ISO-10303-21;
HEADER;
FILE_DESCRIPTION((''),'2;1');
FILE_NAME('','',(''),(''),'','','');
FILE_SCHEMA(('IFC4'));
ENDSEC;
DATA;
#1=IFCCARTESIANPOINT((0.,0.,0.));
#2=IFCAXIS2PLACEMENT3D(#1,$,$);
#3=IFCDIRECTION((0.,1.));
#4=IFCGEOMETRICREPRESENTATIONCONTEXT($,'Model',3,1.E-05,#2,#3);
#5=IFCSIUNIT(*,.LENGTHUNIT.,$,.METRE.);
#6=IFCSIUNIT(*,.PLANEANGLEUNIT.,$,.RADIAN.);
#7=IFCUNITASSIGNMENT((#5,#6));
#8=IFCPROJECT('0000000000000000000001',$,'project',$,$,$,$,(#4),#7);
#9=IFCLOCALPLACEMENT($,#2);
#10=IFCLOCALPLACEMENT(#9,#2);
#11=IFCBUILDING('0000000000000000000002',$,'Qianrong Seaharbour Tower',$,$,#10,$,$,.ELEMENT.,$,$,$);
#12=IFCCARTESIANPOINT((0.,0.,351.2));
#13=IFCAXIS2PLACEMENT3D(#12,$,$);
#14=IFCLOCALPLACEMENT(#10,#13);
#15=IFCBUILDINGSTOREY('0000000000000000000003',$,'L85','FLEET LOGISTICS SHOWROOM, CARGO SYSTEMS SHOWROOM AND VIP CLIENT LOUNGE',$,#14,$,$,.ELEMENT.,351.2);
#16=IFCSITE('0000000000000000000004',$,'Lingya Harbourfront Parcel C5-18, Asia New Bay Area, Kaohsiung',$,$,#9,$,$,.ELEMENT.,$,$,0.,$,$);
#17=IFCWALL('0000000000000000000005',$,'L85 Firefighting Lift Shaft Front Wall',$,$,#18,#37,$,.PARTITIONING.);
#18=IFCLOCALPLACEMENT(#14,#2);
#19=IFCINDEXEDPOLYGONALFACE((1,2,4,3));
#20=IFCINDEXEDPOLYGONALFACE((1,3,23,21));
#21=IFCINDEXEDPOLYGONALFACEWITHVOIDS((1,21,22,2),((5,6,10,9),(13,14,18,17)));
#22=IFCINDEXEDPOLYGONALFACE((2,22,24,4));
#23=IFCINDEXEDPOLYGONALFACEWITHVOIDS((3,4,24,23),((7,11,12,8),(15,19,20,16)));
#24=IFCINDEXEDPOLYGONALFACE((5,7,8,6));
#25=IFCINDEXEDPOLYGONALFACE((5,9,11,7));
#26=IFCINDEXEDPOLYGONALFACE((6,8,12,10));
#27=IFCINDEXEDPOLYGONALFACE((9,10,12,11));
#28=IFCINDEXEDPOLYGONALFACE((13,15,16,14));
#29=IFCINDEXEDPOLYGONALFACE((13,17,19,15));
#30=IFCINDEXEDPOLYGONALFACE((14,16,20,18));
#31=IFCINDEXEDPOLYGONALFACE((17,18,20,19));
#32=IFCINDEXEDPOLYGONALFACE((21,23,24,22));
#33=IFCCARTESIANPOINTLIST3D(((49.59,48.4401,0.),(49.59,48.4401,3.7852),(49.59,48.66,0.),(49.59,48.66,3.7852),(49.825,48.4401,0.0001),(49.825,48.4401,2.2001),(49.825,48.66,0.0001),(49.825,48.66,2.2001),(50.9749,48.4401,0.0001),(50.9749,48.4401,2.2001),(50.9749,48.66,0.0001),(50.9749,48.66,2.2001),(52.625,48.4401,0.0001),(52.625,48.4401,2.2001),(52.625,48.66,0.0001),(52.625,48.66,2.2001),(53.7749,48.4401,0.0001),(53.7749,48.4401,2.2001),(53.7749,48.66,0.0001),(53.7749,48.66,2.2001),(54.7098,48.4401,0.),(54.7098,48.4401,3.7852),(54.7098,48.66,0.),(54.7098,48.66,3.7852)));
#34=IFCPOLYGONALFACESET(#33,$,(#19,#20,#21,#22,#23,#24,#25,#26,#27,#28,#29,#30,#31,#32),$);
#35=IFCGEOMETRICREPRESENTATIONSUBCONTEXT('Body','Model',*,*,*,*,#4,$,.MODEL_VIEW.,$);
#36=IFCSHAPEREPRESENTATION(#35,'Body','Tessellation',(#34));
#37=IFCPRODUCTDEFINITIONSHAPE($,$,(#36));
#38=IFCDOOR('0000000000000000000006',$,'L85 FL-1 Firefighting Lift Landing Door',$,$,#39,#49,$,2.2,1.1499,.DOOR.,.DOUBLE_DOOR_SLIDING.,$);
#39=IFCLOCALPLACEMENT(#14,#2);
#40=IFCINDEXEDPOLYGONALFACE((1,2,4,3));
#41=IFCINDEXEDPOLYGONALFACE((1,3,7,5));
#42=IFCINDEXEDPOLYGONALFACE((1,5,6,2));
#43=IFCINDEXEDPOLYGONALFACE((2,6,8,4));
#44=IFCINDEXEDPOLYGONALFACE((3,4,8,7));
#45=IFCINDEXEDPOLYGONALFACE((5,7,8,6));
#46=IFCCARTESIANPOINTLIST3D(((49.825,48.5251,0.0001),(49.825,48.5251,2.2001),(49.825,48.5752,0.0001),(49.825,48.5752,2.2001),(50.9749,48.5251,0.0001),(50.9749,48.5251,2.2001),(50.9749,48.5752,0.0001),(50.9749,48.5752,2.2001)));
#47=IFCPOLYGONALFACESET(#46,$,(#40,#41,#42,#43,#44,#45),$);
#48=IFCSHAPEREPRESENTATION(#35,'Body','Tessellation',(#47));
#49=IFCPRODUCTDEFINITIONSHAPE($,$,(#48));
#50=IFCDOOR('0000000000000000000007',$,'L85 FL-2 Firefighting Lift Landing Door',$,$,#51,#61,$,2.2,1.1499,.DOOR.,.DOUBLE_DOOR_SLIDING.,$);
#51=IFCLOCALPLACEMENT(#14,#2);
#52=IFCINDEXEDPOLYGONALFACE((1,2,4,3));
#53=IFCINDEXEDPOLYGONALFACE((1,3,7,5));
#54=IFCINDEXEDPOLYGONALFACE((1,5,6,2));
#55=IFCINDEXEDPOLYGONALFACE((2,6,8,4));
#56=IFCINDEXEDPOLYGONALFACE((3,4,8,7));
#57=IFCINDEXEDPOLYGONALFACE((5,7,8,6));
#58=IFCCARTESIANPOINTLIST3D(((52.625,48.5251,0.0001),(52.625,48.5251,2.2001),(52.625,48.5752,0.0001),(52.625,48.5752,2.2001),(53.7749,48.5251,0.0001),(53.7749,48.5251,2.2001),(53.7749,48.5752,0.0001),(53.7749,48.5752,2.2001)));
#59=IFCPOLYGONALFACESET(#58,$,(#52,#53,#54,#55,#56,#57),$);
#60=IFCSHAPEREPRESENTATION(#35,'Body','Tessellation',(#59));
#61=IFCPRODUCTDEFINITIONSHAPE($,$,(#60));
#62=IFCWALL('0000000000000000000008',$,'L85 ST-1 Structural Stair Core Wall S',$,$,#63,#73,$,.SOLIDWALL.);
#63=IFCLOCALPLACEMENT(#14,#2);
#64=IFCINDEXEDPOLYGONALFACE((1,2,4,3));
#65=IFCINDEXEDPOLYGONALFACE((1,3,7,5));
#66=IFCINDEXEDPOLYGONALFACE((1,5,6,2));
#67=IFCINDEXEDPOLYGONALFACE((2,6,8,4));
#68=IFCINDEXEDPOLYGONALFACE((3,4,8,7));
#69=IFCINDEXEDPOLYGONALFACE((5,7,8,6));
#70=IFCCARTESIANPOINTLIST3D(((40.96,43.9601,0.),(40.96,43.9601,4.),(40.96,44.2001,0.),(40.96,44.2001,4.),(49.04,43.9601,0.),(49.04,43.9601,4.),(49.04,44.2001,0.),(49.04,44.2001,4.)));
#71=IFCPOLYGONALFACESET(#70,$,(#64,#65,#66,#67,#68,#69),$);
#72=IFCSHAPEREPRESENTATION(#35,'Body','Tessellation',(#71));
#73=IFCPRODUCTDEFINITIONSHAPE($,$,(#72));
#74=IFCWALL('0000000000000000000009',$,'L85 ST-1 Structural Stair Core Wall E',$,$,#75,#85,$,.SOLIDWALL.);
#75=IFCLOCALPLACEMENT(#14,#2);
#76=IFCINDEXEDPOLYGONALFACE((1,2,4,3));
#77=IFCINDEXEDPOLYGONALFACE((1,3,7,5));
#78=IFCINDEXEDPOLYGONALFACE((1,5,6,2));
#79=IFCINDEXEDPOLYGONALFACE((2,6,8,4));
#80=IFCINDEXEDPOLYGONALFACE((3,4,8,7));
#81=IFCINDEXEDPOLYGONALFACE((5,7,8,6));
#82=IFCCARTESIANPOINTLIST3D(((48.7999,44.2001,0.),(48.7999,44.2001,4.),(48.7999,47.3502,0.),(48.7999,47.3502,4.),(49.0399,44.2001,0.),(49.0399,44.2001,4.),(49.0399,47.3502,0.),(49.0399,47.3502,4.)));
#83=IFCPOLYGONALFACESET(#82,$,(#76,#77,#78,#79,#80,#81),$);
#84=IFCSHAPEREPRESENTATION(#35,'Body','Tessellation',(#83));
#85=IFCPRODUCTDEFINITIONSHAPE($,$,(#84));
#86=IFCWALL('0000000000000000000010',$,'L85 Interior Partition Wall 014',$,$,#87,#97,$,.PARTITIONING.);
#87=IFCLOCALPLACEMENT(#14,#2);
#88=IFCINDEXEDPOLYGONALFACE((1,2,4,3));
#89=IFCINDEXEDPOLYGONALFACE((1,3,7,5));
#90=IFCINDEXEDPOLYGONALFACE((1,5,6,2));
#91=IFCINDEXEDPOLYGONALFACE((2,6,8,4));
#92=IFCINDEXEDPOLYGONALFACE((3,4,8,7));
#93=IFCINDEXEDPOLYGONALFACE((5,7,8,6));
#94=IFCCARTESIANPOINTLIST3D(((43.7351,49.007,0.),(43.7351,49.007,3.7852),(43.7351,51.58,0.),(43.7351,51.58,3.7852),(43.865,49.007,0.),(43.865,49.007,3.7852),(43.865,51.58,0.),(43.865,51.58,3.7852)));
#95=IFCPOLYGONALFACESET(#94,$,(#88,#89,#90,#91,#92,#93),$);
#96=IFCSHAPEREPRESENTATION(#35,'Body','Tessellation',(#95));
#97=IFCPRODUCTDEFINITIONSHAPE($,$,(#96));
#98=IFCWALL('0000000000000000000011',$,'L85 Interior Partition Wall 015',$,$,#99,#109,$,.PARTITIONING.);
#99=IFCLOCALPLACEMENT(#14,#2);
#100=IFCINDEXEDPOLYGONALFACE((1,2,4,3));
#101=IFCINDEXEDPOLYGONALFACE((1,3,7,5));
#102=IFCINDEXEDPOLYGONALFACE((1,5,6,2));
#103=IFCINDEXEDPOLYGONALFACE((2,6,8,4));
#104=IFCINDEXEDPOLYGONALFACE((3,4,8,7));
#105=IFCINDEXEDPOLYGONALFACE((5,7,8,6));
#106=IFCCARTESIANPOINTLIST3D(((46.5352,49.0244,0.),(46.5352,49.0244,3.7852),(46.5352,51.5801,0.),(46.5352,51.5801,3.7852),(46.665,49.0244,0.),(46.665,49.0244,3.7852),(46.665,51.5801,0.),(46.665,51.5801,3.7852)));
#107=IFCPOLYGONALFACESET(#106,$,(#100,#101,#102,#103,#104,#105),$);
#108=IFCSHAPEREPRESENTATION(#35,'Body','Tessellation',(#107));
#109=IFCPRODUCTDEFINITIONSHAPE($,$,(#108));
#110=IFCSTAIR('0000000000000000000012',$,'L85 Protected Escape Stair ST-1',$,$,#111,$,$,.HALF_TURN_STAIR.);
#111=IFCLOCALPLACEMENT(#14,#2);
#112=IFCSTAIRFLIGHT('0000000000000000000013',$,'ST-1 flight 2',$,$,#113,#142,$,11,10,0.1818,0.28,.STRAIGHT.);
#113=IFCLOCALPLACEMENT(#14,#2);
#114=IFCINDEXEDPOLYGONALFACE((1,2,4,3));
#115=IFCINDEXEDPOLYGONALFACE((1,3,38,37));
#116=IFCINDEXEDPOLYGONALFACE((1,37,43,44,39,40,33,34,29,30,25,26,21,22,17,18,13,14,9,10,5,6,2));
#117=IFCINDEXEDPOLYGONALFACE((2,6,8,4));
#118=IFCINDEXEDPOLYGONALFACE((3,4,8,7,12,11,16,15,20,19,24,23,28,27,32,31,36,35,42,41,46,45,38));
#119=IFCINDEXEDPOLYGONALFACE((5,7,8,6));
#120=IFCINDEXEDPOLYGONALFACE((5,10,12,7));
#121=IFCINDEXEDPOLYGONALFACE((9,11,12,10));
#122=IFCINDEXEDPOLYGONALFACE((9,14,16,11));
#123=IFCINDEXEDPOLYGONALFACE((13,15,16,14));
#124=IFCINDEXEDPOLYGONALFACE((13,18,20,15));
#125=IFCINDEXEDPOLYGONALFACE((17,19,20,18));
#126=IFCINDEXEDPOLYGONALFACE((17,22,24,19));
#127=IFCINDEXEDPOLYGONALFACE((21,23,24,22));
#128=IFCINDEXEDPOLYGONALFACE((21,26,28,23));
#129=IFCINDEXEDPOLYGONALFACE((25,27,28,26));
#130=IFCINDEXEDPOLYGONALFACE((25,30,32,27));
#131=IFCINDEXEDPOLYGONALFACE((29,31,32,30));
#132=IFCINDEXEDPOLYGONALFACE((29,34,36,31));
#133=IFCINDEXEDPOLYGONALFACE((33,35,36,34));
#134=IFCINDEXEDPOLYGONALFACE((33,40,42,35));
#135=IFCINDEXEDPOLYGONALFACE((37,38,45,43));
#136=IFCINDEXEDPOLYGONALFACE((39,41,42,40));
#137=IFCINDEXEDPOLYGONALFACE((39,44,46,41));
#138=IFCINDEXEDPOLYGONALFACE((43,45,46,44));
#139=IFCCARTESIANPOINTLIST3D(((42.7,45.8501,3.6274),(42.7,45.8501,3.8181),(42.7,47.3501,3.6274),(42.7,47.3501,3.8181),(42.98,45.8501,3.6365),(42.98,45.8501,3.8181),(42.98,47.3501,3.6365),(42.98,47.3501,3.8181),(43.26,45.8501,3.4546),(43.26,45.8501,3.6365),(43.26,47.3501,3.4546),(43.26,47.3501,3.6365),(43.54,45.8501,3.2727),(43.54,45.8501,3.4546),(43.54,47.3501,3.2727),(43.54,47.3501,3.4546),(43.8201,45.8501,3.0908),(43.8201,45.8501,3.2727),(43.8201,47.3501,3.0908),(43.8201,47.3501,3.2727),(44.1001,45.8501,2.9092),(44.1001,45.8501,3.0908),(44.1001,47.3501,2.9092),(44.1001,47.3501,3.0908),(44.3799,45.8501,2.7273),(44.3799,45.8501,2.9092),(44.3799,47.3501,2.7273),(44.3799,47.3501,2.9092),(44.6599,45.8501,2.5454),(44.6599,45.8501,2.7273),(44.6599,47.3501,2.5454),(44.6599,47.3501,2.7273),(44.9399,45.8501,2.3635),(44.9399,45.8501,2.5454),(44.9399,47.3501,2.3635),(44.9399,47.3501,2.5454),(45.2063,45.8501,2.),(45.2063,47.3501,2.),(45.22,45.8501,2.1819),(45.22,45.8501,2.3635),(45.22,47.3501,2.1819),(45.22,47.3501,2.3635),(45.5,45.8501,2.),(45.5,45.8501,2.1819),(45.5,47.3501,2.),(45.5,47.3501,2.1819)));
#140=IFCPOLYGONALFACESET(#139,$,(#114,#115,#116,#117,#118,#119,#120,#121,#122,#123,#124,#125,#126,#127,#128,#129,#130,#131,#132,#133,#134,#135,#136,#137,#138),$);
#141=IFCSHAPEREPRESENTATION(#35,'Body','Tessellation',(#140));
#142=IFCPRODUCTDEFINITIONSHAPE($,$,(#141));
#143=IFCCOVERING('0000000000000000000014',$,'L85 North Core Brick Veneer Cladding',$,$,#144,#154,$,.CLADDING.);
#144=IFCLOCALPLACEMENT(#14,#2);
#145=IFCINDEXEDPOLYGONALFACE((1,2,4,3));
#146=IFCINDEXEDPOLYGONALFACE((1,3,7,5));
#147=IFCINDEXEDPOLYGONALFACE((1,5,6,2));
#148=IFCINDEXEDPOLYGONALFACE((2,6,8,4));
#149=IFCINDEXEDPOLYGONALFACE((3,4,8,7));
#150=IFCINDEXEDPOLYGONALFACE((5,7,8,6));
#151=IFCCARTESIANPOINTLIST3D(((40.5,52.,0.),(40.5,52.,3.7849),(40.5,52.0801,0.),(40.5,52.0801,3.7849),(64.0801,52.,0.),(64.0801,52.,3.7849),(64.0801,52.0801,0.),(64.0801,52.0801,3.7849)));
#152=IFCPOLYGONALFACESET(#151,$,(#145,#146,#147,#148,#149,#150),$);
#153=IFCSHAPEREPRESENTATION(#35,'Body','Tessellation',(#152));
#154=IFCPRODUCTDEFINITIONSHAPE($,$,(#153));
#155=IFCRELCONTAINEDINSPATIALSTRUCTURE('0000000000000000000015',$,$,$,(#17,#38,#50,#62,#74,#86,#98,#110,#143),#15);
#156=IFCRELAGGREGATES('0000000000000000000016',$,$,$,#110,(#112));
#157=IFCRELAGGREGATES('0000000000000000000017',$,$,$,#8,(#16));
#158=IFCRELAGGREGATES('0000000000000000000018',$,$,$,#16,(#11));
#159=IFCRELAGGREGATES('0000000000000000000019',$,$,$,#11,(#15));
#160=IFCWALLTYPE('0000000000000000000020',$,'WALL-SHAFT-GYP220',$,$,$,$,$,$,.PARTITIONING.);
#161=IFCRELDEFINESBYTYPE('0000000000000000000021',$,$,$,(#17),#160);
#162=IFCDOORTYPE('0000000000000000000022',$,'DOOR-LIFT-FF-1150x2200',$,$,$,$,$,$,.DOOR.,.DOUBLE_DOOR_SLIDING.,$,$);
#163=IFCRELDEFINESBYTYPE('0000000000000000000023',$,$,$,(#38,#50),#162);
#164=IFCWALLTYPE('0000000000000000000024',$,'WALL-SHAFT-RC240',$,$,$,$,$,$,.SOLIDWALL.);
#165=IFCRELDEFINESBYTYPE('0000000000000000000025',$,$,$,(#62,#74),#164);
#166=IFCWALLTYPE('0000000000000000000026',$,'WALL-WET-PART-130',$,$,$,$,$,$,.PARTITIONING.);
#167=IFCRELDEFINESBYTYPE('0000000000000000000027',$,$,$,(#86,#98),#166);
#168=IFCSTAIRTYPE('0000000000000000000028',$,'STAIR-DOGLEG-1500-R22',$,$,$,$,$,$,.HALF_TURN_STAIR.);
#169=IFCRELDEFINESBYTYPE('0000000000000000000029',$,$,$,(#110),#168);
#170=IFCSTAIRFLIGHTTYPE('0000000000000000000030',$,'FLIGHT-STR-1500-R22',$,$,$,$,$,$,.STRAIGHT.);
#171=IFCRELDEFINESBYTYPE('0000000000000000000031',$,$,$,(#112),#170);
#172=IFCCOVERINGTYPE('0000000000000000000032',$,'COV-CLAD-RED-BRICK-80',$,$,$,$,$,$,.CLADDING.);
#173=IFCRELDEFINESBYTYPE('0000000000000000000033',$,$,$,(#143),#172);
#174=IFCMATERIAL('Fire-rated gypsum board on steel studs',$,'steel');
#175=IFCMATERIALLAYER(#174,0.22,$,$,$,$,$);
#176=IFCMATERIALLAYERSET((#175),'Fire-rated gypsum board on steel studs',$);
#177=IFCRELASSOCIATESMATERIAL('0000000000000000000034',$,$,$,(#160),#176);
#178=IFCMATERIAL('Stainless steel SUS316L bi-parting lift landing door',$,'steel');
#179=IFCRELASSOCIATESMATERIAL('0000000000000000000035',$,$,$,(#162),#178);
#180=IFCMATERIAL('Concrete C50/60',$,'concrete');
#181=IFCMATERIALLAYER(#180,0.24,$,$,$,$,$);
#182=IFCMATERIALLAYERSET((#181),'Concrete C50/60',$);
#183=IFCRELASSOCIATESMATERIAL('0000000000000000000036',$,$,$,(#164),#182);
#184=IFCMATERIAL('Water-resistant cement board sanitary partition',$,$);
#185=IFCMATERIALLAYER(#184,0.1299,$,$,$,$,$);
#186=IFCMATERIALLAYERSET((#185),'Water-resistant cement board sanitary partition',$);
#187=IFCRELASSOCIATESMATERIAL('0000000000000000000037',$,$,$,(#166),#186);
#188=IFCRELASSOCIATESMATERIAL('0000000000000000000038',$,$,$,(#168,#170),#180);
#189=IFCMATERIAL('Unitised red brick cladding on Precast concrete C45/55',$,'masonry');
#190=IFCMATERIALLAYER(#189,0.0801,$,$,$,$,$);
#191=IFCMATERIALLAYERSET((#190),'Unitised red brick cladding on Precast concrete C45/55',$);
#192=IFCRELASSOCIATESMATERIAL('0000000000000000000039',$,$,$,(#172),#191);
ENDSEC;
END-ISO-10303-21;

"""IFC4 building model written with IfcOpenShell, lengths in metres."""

from ifc_helpers import new_model, si_unit, direction, frame, frame_2d, origin, origin_2d, place, context, subcontext, project, spatial, polyline, rectangle, outline, extrude, material, layer, layer_set, type_object, element, fill, aggregate, save


model = new_model("IFC4")

# Units and contexts
model_context = context("Model", 3, precision=1e-05, world=origin(), true_north=direction((0.0, 1.0)))
body_context = subcontext(model_context, "Body", "Model", "MODEL_VIEW")
ifc_project = project(units=[si_unit("LENGTHUNIT", "METRE"), si_unit("PLANEANGLEUNIT", "RADIAN")], contexts=[model_context])

# Site, building, storey
site_placement = place(None, origin())
site = spatial("IfcSite", under=ifc_project, at=site_placement, Name="Lingya Harbourfront Parcel C5-18, Asia New Bay Area, Kaohsiung", CompositionType="ELEMENT", RefElevation=0.0)
building_placement = place(site_placement, origin())
building = spatial("IfcBuilding", under=site, at=building_placement, Name="Qianrong Seaharbour Tower", CompositionType="ELEMENT")
storey_placement = place(building_placement, frame((0.0, 0.0, 351.2)))
storey = spatial("IfcBuildingStorey", under=building, at=storey_placement, Name="L85", Description="FLEET LOGISTICS SHOWROOM, CARGO SYSTEMS SHOWROOM AND VIP CLIENT LOUNGE", CompositionType="ELEMENT", Elevation=351.2)

# Shared definitions
ifc_material_1 = material(Name="Concrete C50/60", Category="concrete")

# Shared definitions
ifc_material_2 = material(Name="Fire-rated gypsum board on steel studs", Category="steel")

# Wall, openings, doors
ifc_layer_1 = layer(ifc_material_2, 0.22)
ifc_layer_set_1 = layer_set([ifc_layer_1], Name="Fire-rated gypsum board on steel studs")
wall_type_1 = type_object("IfcWallType", Name="WALL-SHAFT-GYP220", PredefinedType="PARTITIONING", material=ifc_layer_set_1)
wall_1_placement = place(storey_placement, frame((54.71, 48.55, 0.0), z_axis=(0.0, 0.0, 1.0), x_axis=(-1.0, 0.0, 0.0)))
wall_1 = element("IfcWall", 1, at=wall_1_placement, inside=storey, type_object=wall_type_1, Name="L85 Firefighting Lift Shaft Front Wall", PredefinedType="PARTITIONING", context=body_context, shape_type="SweptSolid", body=[
    extrude(rectangle(XDim=5.1199, YDim=0.22, at=frame_2d((2.5601, 0.0))), origin(), (0.0, 0.0, 1.0), 3.7852),
])
opening_1_placement = place(wall_1_placement, frame((3.7351, 0.0, 0.0)))
opening_1 = element("IfcOpeningElement", 2, at=opening_1_placement, cuts=wall_1, PredefinedType="OPENING", context=body_context, shape_type="SweptSolid", body=[
    extrude(rectangle(XDim=1.1499, YDim=2.2, at=frame_2d((0.575, 1.1001))), frame((0.0, 0.1201, 0.0), z_axis=(0.0, -1.0, 0.0), x_axis=(1.0, 0.0, 0.0)), (0.0, 0.0, 1.0), 0.24),
])
opening_2_placement = place(wall_1_placement, frame((0.9351, 0.0, 0.0)))
opening_2 = element("IfcOpeningElement", 3, at=opening_2_placement, cuts=wall_1, PredefinedType="OPENING", context=body_context, shape_type="SweptSolid", body=[
    extrude(rectangle(XDim=1.1499, YDim=2.2, at=frame_2d((0.575, 1.1001))), frame((0.0, 0.1201, 0.0), z_axis=(0.0, -1.0, 0.0), x_axis=(1.0, 0.0, 0.0)), (0.0, 0.0, 1.0), 0.24),
])
ifc_material_3 = material(Name="Stainless steel SUS316L bi-parting lift landing door", Category="steel")
door_type_1 = type_object("IfcDoorType", Name="DOOR-LIFT-FF-1150x2200", OperationType="DOUBLE_DOOR_SLIDING", PredefinedType="DOOR", material=ifc_material_3)
door_1_placement = place(opening_1_placement, origin())
door_1 = element("IfcDoor", 4, at=door_1_placement, inside=storey, type_object=door_type_1, Name="L85 FL-1 Firefighting Lift Landing Door", OperationType="DOUBLE_DOOR_SLIDING", OverallHeight=2.2, OverallWidth=1.1499, PredefinedType="DOOR", context=body_context, shape_type="SweptSolid", body=[
    extrude(rectangle(XDim=1.1499, YDim=2.2, at=frame_2d((0.575, 1.1001))), frame((0.0, 0.0249, 0.0), z_axis=(0.0, -1.0, 0.0), x_axis=(1.0, 0.0, 0.0)), (0.0, 0.0, 1.0), 0.05),
])
fill(opening_1, door_1)
door_2_placement = place(opening_2_placement, origin())
door_2 = element("IfcDoor", 5, at=door_2_placement, inside=storey, type_object=door_type_1, Name="L85 FL-2 Firefighting Lift Landing Door", OperationType="DOUBLE_DOOR_SLIDING", OverallHeight=2.2, OverallWidth=1.1499, PredefinedType="DOOR", context=body_context, shape_type="SweptSolid", body=[
    extrude(rectangle(XDim=1.1499, YDim=2.2, at=frame_2d((0.575, 1.1001))), frame((0.0, 0.0249, 0.0), z_axis=(0.0, -1.0, 0.0), x_axis=(1.0, 0.0, 0.0)), (0.0, 0.0, 1.0), 0.05),
])
fill(opening_2, door_2)

# Walls
ifc_layer_2 = layer(ifc_material_1, 0.24)
ifc_layer_set_2 = layer_set([ifc_layer_2], Name="Concrete C50/60")
wall_type_2 = type_object("IfcWallType", Name="WALL-SHAFT-RC240", PredefinedType="SOLIDWALL", material=ifc_layer_set_2)
wall_2_placement = place(storey_placement, frame((49.04, 44.0801, 0.0), z_axis=(0.0, 0.0, 1.0), x_axis=(-1.0, 0.0, 0.0)))
element("IfcWall", 6, at=wall_2_placement, inside=storey, type_object=wall_type_2, Name="L85 ST-1 Structural Stair Core Wall S", PredefinedType="SOLIDWALL", context=body_context, shape_type="SweptSolid", body=[
    extrude(rectangle(XDim=8.0801, YDim=0.24, at=frame_2d((4.04, 0.0))), origin(), (0.0, 0.0, 1.0), 4.0),
])
wall_3_placement = place(storey_placement, frame((48.9199, 44.2, 0.0), z_axis=(0.0, 0.0, 1.0), x_axis=(0.0, 1.0, 0.0)))
element("IfcWall", 7, at=wall_3_placement, inside=storey, type_object=wall_type_2, Name="L85 ST-1 Structural Stair Core Wall E", PredefinedType="SOLIDWALL", context=body_context, shape_type="SweptSolid", body=[
    extrude(rectangle(XDim=3.1501, YDim=0.24, at=frame_2d((1.5752, 0.0))), origin(), (0.0, 0.0, 1.0), 4.0),
])

# Shared definitions
ifc_material_4 = material(Name="Water-resistant cement board sanitary partition")
ifc_layer_3 = layer(ifc_material_4, 0.1299)
ifc_layer_set_3 = layer_set([ifc_layer_3], Name="Water-resistant cement board sanitary partition")
wall_type_3 = type_object("IfcWallType", Name="WALL-WET-PART-130", PredefinedType="PARTITIONING", material=ifc_layer_set_3)

# Walls
wall_4_placement = place(storey_placement, frame((43.8, 51.5801, 0.0), z_axis=(0.0, 0.0, 1.0), x_axis=(0.0, -1.0, 0.0)))
element("IfcWall", 8, at=wall_4_placement, inside=storey, type_object=wall_type_3, Name="L85 Interior Partition Wall 014", PredefinedType="PARTITIONING", context=body_context, shape_type="SweptSolid", body=[
    extrude(rectangle(XDim=2.573, YDim=0.1299, at=frame_2d((1.2866, 0.0))), origin(), (0.0, 0.0, 1.0), 3.7852),
])
wall_5_placement = place(storey_placement, frame((46.6001, 51.5801, 0.0), z_axis=(0.0, 0.0, 1.0), x_axis=(0.0, -1.0, 0.0)))
element("IfcWall", 9, at=wall_5_placement, inside=storey, type_object=wall_type_3, Name="L85 Interior Partition Wall 015", PredefinedType="PARTITIONING", context=body_context, shape_type="SweptSolid", body=[
    extrude(rectangle(XDim=2.5557, YDim=0.1299, at=frame_2d((1.2778, 0.0))), origin(), (0.0, 0.0, 1.0), 3.7852),
])

# Stair, stair flight
stair_type = type_object("IfcStairType", Name="STAIR-DOGLEG-1500-R22", PredefinedType="HALF_TURN_STAIR", material=ifc_material_1)
stair_placement = place(storey_placement, origin())
stair = element("IfcStair", 10, at=stair_placement, inside=storey, type_object=stair_type, Name="L85 Protected Escape Stair ST-1", PredefinedType="HALF_TURN_STAIR")
stair_flight_type = type_object("IfcStairFlightType", Name="FLIGHT-STR-1500-R22", PredefinedType="STRAIGHT", material=ifc_material_1)
stair_flight_placement = place(storey_placement, frame((45.5, 46.6001, 2.0), z_axis=(0.0, 0.0, 1.0), x_axis=(-1.0, 0.0, 0.0)))
stair_flight = element("IfcStairFlight", 11, at=stair_flight_placement, type_object=stair_flight_type, Name="ST-1 flight 2", NumberOfRisers=11, NumberOfTreads=10, PredefinedType="STRAIGHT", RiserHeight=0.1818, TreadLength=0.28, context=body_context, shape_type="SweptSolid", body=[
    extrude(outline(polyline([(0.0, 0.0), (0.0, 0.1819), (0.28, 0.1819), (0.28, 0.3635), (0.5601, 0.3635), (0.5601, 0.5454), (0.8401, 0.5454), (0.8401, 0.7273), (1.1201, 0.7273), (1.1201, 0.9092), (1.3999, 0.9092), (1.3999, 1.0908), (1.6799, 1.0908), (1.6799, 1.2727), (1.96, 1.2727), (1.96, 1.4546), (2.24, 1.4546), (2.24, 1.6365), (2.52, 1.6365), (2.52, 1.8181), (2.8, 1.8181), (2.8, 2.0), (2.8, 1.6274), (0.2937, 0.0), (0.0, 0.0)])), frame((0.0, 0.75, 0.0), z_axis=(0.0, -1.0, 0.0), x_axis=(1.0, 0.0, 0.0)), (0.0, 0.0, 1.0), 1.5),
])
aggregate(stair, [stair_flight])

# Covering
ifc_material_5 = material(Name="Unitised red brick cladding on Precast concrete C45/55", Category="masonry")
ifc_layer_4 = layer(ifc_material_5, 0.0801)
ifc_layer_set_4 = layer_set([ifc_layer_4], Name="Unitised red brick cladding on Precast concrete C45/55")
covering_type = type_object("IfcCoveringType", Name="COV-CLAD-RED-BRICK-80", PredefinedType="CLADDING", material=ifc_layer_set_4)
covering_placement = place(storey_placement, frame((52.29, 52.04, 0.0), z_axis=(0.0, 0.0, 1.0), x_axis=(1.0, 0.0, 0.0)))
element("IfcCovering", 12, at=covering_placement, inside=storey, type_object=covering_type, Name="L85 North Core Brick Veneer Cladding", PredefinedType="CLADDING", context=body_context, shape_type="SweptSolid", body=[
    extrude(rectangle(XDim=23.5801, YDim=0.0801, at=origin_2d()), origin(), (0.0, 0.0, 1.0), 3.7849),
])

save(model, "model.ifc")
